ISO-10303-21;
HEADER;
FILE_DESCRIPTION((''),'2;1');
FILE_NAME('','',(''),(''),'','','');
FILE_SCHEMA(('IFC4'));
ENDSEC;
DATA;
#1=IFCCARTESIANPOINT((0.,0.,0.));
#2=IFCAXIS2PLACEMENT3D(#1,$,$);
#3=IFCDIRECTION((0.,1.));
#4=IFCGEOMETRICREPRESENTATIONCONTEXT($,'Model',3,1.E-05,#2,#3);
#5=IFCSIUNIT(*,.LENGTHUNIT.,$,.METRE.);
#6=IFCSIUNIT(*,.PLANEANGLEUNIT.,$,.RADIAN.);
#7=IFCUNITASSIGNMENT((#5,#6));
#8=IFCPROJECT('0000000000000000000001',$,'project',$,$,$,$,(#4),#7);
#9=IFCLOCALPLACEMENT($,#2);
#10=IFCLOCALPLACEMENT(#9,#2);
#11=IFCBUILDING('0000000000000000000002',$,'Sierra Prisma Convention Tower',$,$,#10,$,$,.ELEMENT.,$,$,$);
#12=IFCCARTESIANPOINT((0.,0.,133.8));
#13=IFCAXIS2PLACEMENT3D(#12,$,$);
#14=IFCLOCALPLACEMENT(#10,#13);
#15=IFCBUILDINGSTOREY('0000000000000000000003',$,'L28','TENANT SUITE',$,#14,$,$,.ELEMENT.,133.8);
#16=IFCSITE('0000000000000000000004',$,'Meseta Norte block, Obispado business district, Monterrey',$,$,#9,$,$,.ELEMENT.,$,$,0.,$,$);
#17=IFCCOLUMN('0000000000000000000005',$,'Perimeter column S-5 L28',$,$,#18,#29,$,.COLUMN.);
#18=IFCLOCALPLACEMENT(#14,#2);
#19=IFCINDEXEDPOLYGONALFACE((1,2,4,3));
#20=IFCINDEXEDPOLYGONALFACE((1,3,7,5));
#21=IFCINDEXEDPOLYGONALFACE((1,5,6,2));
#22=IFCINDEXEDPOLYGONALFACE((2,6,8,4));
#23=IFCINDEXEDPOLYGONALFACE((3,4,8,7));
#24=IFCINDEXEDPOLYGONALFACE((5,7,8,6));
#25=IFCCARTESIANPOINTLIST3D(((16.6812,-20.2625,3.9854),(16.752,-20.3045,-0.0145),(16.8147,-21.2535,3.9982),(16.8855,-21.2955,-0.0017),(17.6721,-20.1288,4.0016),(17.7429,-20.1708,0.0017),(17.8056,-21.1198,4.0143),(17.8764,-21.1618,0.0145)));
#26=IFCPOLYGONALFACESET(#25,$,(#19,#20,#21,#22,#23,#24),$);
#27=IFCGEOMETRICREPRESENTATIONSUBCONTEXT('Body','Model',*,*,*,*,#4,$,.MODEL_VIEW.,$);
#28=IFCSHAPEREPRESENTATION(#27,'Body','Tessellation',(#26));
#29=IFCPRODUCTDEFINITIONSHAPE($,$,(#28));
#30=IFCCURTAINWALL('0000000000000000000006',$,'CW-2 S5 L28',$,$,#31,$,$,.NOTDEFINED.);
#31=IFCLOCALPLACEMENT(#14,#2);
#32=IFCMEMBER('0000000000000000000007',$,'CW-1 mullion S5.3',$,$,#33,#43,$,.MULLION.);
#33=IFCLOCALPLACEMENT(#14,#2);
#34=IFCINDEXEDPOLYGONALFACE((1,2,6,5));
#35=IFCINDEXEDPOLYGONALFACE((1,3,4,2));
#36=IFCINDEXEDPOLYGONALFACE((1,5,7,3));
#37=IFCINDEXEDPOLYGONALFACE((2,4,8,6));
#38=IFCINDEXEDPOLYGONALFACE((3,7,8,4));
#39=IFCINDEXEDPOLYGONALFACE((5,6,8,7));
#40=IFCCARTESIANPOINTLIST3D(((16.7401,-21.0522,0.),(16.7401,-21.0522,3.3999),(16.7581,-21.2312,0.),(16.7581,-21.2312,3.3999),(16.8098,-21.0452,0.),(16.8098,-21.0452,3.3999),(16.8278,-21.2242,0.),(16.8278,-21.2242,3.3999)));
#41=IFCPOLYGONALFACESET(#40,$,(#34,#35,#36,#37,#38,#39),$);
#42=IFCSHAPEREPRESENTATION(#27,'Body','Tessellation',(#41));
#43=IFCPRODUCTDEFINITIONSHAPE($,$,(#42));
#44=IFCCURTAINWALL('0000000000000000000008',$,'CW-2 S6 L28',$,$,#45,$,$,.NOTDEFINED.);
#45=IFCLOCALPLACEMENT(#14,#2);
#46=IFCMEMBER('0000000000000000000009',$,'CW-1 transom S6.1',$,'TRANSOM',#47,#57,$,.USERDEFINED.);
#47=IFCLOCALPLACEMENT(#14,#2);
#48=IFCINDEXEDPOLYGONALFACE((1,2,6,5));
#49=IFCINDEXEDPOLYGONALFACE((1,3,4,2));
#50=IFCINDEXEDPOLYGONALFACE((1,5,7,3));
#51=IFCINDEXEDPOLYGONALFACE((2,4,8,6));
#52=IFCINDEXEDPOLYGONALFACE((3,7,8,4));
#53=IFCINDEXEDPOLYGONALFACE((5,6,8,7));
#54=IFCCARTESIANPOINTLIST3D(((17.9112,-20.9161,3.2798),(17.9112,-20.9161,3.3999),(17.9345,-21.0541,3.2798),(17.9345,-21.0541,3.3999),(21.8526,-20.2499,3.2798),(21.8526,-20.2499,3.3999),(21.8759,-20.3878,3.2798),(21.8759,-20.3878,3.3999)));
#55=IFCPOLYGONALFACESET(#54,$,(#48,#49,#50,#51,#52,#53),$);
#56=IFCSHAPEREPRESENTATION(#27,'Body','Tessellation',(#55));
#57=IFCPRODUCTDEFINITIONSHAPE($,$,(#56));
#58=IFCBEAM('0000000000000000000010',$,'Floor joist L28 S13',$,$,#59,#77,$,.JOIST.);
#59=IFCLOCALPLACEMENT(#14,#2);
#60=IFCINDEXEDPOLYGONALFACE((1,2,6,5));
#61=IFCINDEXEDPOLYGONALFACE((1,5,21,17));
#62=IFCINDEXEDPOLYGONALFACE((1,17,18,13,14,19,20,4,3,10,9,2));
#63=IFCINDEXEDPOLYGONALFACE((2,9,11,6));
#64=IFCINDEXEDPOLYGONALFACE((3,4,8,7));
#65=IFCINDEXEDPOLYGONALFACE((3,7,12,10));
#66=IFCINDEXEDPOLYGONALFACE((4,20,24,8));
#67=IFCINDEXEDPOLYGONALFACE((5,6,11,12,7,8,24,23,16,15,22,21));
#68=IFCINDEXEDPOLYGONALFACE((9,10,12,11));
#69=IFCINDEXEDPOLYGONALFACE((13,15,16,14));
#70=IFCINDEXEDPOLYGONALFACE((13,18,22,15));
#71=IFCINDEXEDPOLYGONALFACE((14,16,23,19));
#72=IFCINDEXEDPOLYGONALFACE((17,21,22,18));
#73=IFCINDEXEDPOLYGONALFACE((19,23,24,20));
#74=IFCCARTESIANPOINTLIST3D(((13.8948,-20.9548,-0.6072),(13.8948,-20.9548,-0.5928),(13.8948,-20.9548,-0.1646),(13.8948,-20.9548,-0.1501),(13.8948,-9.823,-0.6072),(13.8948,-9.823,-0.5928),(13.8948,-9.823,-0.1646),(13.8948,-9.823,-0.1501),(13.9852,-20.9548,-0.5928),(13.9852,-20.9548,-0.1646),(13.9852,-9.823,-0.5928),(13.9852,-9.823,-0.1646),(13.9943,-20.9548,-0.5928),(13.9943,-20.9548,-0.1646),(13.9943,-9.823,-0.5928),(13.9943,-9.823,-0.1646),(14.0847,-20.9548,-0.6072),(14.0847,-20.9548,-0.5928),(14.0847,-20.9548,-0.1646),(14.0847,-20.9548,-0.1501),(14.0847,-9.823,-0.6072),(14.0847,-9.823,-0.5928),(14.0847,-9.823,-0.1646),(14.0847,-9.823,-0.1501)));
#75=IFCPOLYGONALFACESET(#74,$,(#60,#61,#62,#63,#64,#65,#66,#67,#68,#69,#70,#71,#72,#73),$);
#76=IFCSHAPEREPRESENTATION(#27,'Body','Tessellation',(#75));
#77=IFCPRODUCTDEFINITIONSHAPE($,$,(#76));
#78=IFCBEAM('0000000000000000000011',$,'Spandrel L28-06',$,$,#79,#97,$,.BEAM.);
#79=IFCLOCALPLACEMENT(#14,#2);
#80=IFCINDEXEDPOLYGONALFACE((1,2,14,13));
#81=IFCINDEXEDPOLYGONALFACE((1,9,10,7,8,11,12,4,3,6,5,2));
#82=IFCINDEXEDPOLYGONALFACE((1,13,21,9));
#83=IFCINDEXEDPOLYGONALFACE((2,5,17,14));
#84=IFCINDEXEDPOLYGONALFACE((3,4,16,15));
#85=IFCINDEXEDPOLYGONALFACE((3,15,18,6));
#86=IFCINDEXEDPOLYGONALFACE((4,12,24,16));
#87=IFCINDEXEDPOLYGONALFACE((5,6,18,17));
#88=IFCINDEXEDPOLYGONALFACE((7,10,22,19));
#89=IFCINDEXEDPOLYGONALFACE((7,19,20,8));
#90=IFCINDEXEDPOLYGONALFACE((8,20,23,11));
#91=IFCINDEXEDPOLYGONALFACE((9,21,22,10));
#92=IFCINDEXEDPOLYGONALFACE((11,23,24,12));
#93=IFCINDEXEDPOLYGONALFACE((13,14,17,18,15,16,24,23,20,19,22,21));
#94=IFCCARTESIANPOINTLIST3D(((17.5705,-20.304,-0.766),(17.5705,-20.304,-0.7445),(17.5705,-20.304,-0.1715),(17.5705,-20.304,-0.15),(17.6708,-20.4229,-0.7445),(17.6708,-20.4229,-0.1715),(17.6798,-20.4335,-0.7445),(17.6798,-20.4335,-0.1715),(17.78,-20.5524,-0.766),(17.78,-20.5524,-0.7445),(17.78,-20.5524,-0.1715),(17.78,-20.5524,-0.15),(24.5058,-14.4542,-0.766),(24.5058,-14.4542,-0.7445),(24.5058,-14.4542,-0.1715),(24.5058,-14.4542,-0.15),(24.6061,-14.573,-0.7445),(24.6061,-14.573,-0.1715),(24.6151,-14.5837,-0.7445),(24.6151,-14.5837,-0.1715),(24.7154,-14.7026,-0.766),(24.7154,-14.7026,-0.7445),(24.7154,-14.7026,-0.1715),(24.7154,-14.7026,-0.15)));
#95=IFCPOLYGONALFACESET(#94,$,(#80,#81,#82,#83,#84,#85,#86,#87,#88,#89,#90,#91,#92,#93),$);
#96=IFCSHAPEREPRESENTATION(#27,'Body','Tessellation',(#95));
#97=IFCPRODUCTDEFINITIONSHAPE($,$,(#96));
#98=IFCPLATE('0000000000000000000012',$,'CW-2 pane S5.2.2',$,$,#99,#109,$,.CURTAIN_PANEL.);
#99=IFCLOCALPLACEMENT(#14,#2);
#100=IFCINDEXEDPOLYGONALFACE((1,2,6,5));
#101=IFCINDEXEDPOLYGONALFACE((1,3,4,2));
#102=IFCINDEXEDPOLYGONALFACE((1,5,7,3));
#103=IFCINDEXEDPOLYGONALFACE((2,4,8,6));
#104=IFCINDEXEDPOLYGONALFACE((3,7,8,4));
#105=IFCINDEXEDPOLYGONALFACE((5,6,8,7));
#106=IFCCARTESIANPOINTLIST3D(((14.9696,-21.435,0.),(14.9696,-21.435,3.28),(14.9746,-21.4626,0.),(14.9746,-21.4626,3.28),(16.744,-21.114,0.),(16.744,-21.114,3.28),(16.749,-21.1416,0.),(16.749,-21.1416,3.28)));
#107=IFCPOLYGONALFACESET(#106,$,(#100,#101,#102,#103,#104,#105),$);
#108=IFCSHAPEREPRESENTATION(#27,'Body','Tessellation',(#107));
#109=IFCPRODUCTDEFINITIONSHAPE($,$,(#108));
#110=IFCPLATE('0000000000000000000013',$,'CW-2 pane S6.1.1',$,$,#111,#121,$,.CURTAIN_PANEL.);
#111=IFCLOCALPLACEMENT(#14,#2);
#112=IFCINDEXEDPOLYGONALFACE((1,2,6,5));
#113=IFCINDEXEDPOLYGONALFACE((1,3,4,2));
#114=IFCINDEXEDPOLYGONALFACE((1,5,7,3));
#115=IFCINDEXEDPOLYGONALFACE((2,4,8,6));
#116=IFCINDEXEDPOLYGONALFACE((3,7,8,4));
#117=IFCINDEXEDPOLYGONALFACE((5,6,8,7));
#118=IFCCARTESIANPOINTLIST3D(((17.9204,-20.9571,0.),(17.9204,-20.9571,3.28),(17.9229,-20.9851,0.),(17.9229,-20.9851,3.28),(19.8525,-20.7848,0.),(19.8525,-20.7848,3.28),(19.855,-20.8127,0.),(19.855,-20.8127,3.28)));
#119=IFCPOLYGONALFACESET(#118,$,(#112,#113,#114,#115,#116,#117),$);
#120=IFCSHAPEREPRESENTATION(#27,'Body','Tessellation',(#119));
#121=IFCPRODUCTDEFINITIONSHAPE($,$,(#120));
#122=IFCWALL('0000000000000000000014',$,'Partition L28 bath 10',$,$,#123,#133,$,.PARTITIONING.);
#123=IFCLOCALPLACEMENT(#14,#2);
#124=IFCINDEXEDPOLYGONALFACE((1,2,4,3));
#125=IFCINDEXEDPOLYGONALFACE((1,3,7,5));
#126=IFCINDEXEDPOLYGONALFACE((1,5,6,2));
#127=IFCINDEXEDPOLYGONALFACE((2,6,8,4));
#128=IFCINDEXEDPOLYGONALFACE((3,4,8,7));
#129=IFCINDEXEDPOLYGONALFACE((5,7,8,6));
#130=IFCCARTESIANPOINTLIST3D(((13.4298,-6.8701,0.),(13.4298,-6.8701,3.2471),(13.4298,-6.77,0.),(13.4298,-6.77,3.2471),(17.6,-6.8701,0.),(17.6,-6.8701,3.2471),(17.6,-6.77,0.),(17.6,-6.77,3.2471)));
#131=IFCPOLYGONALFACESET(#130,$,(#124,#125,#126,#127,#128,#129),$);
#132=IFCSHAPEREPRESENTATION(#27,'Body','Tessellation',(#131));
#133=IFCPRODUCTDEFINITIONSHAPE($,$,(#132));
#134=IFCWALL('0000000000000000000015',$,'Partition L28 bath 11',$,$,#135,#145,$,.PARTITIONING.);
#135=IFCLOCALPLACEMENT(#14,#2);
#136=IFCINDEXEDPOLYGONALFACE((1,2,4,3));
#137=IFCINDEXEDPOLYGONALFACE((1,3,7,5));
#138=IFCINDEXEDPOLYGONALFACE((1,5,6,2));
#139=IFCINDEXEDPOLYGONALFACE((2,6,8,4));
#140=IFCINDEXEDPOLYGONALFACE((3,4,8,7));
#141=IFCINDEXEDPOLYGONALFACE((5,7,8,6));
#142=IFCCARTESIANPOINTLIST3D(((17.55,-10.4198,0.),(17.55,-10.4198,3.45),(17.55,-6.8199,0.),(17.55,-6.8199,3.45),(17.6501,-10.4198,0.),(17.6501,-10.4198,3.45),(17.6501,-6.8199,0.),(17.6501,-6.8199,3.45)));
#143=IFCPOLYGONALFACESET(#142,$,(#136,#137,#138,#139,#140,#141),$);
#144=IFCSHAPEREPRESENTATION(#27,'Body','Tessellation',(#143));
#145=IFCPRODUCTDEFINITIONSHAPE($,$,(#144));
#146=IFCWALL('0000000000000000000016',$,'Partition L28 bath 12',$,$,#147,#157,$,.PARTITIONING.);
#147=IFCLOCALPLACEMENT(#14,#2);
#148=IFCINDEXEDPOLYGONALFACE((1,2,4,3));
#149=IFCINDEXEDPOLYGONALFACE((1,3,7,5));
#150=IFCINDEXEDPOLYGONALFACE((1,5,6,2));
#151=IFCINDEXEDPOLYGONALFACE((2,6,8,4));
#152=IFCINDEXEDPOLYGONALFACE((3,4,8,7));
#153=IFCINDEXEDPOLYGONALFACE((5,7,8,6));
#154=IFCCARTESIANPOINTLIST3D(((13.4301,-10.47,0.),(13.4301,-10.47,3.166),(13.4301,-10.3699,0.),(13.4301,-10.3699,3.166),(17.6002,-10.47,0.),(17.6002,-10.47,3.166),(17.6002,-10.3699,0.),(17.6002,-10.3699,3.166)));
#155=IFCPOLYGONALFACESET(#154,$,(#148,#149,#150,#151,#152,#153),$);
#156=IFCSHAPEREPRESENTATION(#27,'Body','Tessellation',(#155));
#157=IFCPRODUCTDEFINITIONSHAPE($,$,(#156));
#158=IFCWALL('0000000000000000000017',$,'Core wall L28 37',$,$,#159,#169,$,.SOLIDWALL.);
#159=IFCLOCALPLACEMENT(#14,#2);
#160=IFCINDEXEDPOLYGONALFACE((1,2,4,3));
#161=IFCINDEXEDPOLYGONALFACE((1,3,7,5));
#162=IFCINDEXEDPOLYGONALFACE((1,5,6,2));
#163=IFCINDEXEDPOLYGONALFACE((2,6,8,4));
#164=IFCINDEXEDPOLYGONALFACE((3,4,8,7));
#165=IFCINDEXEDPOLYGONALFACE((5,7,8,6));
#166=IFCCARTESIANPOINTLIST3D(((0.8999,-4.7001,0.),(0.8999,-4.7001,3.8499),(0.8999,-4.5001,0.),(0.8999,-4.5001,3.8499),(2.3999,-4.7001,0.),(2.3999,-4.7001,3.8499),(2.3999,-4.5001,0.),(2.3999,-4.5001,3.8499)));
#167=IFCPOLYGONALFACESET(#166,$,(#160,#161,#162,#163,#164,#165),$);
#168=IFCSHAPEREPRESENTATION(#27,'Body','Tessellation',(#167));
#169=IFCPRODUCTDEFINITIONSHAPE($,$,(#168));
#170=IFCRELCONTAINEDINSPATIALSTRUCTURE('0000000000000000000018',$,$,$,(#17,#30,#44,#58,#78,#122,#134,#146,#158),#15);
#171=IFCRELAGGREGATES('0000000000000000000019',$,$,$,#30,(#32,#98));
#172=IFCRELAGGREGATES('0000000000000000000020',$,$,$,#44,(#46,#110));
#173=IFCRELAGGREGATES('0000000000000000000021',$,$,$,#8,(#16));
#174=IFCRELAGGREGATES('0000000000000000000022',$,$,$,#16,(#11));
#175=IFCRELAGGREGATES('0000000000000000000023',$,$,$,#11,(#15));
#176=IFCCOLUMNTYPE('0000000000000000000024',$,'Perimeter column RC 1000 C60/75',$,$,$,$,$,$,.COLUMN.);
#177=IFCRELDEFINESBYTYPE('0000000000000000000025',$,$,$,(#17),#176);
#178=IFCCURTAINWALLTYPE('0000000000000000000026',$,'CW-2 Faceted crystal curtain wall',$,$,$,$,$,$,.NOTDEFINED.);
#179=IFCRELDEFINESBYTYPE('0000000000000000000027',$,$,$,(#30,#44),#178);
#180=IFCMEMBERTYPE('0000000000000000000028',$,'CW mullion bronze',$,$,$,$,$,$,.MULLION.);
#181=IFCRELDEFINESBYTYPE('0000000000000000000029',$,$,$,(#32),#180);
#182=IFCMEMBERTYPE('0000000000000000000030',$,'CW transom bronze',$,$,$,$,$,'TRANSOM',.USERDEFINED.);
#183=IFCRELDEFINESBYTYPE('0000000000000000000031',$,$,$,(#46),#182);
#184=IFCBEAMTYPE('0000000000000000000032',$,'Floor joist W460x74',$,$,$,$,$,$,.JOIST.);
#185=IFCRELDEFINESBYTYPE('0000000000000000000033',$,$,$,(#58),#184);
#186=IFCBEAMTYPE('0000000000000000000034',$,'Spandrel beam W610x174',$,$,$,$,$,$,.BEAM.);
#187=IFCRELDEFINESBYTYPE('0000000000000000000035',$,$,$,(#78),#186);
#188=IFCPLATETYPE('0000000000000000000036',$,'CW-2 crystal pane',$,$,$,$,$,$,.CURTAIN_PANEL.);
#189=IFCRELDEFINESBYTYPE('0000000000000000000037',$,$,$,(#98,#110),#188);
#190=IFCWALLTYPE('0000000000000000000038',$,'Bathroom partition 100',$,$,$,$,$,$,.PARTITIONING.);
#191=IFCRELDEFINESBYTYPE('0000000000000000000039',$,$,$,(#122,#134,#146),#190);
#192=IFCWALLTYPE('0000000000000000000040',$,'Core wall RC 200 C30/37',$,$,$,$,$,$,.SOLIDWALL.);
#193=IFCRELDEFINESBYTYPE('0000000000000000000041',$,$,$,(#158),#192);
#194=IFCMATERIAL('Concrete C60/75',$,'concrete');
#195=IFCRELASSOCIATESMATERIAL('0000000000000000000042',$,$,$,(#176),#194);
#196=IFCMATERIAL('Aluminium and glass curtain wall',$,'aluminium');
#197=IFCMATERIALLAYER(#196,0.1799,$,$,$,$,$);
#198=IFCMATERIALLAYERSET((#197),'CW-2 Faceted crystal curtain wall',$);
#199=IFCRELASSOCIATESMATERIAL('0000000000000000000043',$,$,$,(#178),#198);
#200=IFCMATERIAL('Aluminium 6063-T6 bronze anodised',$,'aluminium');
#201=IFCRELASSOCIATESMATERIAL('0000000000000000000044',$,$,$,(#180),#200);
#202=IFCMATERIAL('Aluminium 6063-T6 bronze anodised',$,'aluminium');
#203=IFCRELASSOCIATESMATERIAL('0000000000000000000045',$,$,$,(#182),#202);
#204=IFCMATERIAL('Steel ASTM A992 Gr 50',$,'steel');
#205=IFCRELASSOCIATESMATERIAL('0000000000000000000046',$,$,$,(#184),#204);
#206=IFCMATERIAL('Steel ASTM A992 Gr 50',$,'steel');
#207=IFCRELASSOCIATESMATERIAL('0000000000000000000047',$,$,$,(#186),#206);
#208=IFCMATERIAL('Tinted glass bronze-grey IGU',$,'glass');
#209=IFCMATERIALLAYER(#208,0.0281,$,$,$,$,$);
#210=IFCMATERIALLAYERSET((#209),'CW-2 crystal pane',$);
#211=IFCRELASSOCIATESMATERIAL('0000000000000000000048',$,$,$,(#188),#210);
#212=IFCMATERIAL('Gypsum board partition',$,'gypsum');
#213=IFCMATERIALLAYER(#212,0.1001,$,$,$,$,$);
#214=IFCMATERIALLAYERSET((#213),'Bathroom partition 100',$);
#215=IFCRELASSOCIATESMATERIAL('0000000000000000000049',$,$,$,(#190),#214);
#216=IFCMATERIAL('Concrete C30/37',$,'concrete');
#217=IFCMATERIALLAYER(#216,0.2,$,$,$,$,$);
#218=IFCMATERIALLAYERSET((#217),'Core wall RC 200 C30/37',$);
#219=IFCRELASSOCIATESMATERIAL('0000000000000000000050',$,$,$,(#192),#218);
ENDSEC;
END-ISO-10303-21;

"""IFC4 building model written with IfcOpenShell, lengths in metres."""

from ifc_helpers import new_model, si_unit, direction, frame, frame_2d, origin, origin_2d, place, context, subcontext, project, spatial, polyline, rectangle, i_section, outline, extrude, material, layer, layer_set, material_profile, profile_set, type_object, element, aggregate, save


model = new_model("IFC4")

# Units and contexts
model_context = context("Model", 3, precision=1e-05, world=origin(), true_north=direction((0.0, 1.0)))
body_context = subcontext(model_context, "Body", "Model", "MODEL_VIEW")
ifc_project = project(units=[si_unit("LENGTHUNIT", "METRE"), si_unit("PLANEANGLEUNIT", "RADIAN")], contexts=[model_context])

# Site, building, storey
site_placement = place(None, origin())
site = spatial("IfcSite", under=ifc_project, at=site_placement, Name="Meseta Norte block, Obispado business district, Monterrey", CompositionType="ELEMENT", RefElevation=0.0)
building_placement = place(site_placement, origin())
building = spatial("IfcBuilding", under=site, at=building_placement, Name="Sierra Prisma Convention Tower", CompositionType="ELEMENT")
storey_placement = place(building_placement, frame((0.0, 0.0, 133.8)))
storey = spatial("IfcBuildingStorey", under=building, at=storey_placement, Name="L28", Description="TENANT SUITE", CompositionType="ELEMENT", Elevation=133.8)

# Column
ifc_material_1 = material(Name="Concrete C60/75", Category="concrete")
ifc_material_profile_1 = material_profile(ifc_material_1, rectangle(XDim=1.0, YDim=1.0, at=origin_2d()), Name="Perimeter column RC 1000 C60/75")
ifc_profile_set_1 = profile_set([ifc_material_profile_1], Name="Concrete C60/75")
column_type = type_object("IfcColumnType", Name="Perimeter column RC 1000 C60/75", PredefinedType="COLUMN", material=ifc_profile_set_1)
column_placement = place(storey_placement, frame((17.3142, -20.7332, 0.0), z_axis=(-0.017696, 0.010496, 0.999788), x_axis=(0.99089, 0.133706, 0.016135)))
element("IfcColumn", 1, at=column_placement, inside=storey, type_object=column_type, Name="Perimeter column S-5 L28", PredefinedType="COLUMN", context=body_context, shape_type="SweptSolid", body=[
    extrude(rectangle(XDim=1.0, YDim=1.0, at=origin_2d()), origin(), (0.0, 0.0, 1.0), 4.0007),
])

# Curtain walls, members
ifc_material_2 = material(Name="Aluminium and glass curtain wall", Category="aluminium")
ifc_layer_1 = layer(ifc_material_2, 0.1799)
ifc_layer_set_1 = layer_set([ifc_layer_1], Name="CW-2 Faceted crystal curtain wall")
curtain_wall_type = type_object("IfcCurtainWallType", Name="CW-2 Faceted crystal curtain wall", PredefinedType="NOTDEFINED", material=ifc_layer_set_1)
curtain_wall_1_placement = place(storey_placement, origin())
curtain_wall_1 = element("IfcCurtainWall", 2, at=curtain_wall_1_placement, inside=storey, type_object=curtain_wall_type, Name="CW-2 S5 L28", PredefinedType="NOTDEFINED")
ifc_material_3 = material(Name="Aluminium 6063-T6 bronze anodised", Category="aluminium")
ifc_material_profile_2 = material_profile(ifc_material_3, rectangle(XDim=0.1799, YDim=0.0701, at=origin_2d()), Name="ALU MULLION 70x180")
ifc_profile_set_2 = profile_set([ifc_material_profile_2], Name="Aluminium 6063-T6 bronze anodised")
member_type_1 = type_object("IfcMemberType", Name="CW mullion bronze", PredefinedType="MULLION", material=ifc_profile_set_2)
member_1_placement = place(storey_placement, frame((16.7839, -21.1382, 0.0), z_axis=(0.0, 0.0, 1.0), x_axis=(-0.100279, 0.994959, 0.0)))
member_1 = element("IfcMember", 3, at=member_1_placement, type_object=member_type_1, Name="CW-1 mullion S5.3", PredefinedType="MULLION", context=body_context, shape_type="SweptSolid", body=[
    extrude(rectangle(XDim=0.1799, YDim=0.0701, at=origin_2d()), origin(), (0.0, 0.0, 1.0), 3.3999),
])
curtain_wall_2_placement = place(storey_placement, origin())
curtain_wall_2 = element("IfcCurtainWall", 4, at=curtain_wall_2_placement, inside=storey, type_object=curtain_wall_type, Name="CW-2 S6 L28", PredefinedType="NOTDEFINED")
ifc_material_4 = material(Name="Aluminium 6063-T6 bronze anodised", Category="aluminium")
ifc_material_profile_3 = material_profile(ifc_material_4, rectangle(XDim=0.1399, YDim=0.1201, at=origin_2d()), Name="ALU TRANSOM 120x140")
ifc_profile_set_3 = profile_set([ifc_material_profile_3], Name="Aluminium 6063-T6 bronze anodised")
member_type_2 = type_object("IfcMemberType", Name="CW transom bronze", ElementType="TRANSOM", PredefinedType="USERDEFINED", material=ifc_profile_set_3)
member_2_placement = place(storey_placement, frame((17.9229, -20.9851, 3.3398), z_axis=(0.986012, 0.166677, 0.0), x_axis=(-0.166677, 0.986012, 0.0)))
member_2 = element("IfcMember", 5, at=member_2_placement, type_object=member_type_2, Name="CW-1 transom S6.1", ObjectType="TRANSOM", PredefinedType="USERDEFINED", context=body_context, shape_type="SweptSolid", body=[
    extrude(rectangle(XDim=0.1399, YDim=0.1201, at=origin_2d()), origin(), (0.0, 0.0, 1.0), 3.9973),
])

# Beams
ifc_material_5 = material(Name="Steel ASTM A992 Gr 50", Category="steel")
ifc_material_profile_4 = material_profile(ifc_material_5, i_section(OverallWidth=0.1899, OverallDepth=0.457, WebThickness=0.009, FlangeThickness=0.0144, at=origin_2d()), Name="W460x74")
ifc_profile_set_4 = profile_set([ifc_material_profile_4], Name="Steel ASTM A992 Gr 50")
beam_type_1 = type_object("IfcBeamType", Name="Floor joist W460x74", PredefinedType="JOIST", material=ifc_profile_set_4)
beam_1_placement = place(storey_placement, frame((13.9897, -20.9548, -0.3787), z_axis=(0.0, 1.0, 0.0), x_axis=(-1.0, 0.0, 0.0)))
element("IfcBeam", 6, at=beam_1_placement, inside=storey, type_object=beam_type_1, Name="Floor joist L28 S13", PredefinedType="JOIST", context=body_context, shape_type="SweptSolid", body=[
    extrude(i_section(OverallWidth=0.1899, OverallDepth=0.457, WebThickness=0.009, FlangeThickness=0.0144, at=origin_2d()), origin(), (0.0, 0.0, 1.0), 11.1318),
])
ifc_material_6 = material(Name="Steel ASTM A992 Gr 50", Category="steel")
ifc_material_profile_5 = material_profile(ifc_material_6, i_section(OverallWidth=0.325, OverallDepth=0.616, WebThickness=0.0139, FlangeThickness=0.0215, at=origin_2d()), Name="W610x174")
ifc_profile_set_5 = profile_set([ifc_material_profile_5], Name="Steel ASTM A992 Gr 50")
beam_type_2 = type_object("IfcBeamType", Name="Spandrel beam W610x174", PredefinedType="BEAM", material=ifc_profile_set_5)
beam_2_placement = place(storey_placement, frame((17.6753, -20.4282, -0.458), z_axis=(0.76439, 0.644755, 0.0), x_axis=(-0.644755, 0.76439, 0.0)))
element("IfcBeam", 7, at=beam_2_placement, inside=storey, type_object=beam_type_2, Name="Spandrel L28-06", PredefinedType="BEAM", context=body_context, shape_type="SweptSolid", body=[
    extrude(i_section(OverallWidth=0.325, OverallDepth=0.616, WebThickness=0.0139, FlangeThickness=0.0215, at=origin_2d()), origin(), (0.0, 0.0, 1.0), 9.073),
])

# Plates
ifc_material_7 = material(Name="Tinted glass bronze-grey IGU", Category="glass")
ifc_layer_2 = layer(ifc_material_7, 0.0281)
ifc_layer_set_2 = layer_set([ifc_layer_2], Name="CW-2 crystal pane")
plate_type = type_object("IfcPlateType", Name="CW-2 crystal pane", PredefinedType="CURTAIN_PANEL", material=ifc_layer_set_2)
plate_1_placement = place(storey_placement, frame((16.749, -21.1416, 0.0), z_axis=(0.178039, -0.984023, 0.0), x_axis=(-0.984023, -0.178039, 0.0)))
plate_1 = element("IfcPlate", 8, at=plate_1_placement, type_object=plate_type, Name="CW-2 pane S5.2.2", PredefinedType="CURTAIN_PANEL", context=body_context, shape_type="SweptSolid", body=[
    extrude(outline(polyline([(0.0, 0.0), (1.8032, 0.0), (1.8032, -3.28), (0.0, -3.28), (0.0, 0.0)])), origin(), (0.0, 0.0, -1.0), 0.0281),
])
aggregate(curtain_wall_1, [member_1, plate_1])
plate_2_placement = place(storey_placement, frame((17.9229, -20.9851, 0.0), z_axis=(0.088856, -0.996044, 0.0), x_axis=(0.996044, 0.088856, 0.0)))
plate_2 = element("IfcPlate", 9, at=plate_2_placement, type_object=plate_type, Name="CW-2 pane S6.1.1", PredefinedType="CURTAIN_PANEL", context=body_context, shape_type="SweptSolid", body=[
    extrude(outline(polyline([(0.0, 0.0), (1.9398, 0.0), (1.9398, 3.28), (0.0, 3.28), (0.0, 0.0)])), origin(), (0.0, 0.0, -1.0), 0.0281),
])
aggregate(curtain_wall_2, [member_2, plate_2])

# Walls
ifc_material_8 = material(Name="Gypsum board partition", Category="gypsum")
ifc_layer_3 = layer(ifc_material_8, 0.1001)
ifc_layer_set_3 = layer_set([ifc_layer_3], Name="Bathroom partition 100")
wall_type_1 = type_object("IfcWallType", Name="Bathroom partition 100", PredefinedType="PARTITIONING", material=ifc_layer_set_3)
wall_1_placement = place(storey_placement, frame((13.4299, -6.8201, 0.0), z_axis=(0.0, 0.0, 1.0), x_axis=(1.0, 0.0, 0.0)))
element("IfcWall", 10, at=wall_1_placement, inside=storey, type_object=wall_type_1, Name="Partition L28 bath 10", PredefinedType="PARTITIONING", context=body_context, shape_type="SweptSolid", body=[
    extrude(rectangle(XDim=4.1702, YDim=0.1001, at=frame_2d((2.085, 0.0))), origin(), (0.0, 0.0, 1.0), 3.2471),
])
wall_2_placement = place(storey_placement, frame((17.6001, -6.8201, 0.0), z_axis=(0.0, 0.0, 1.0), x_axis=(0.0, -1.0, 0.0)))
element("IfcWall", 11, at=wall_2_placement, inside=storey, type_object=wall_type_1, Name="Partition L28 bath 11", PredefinedType="PARTITIONING", context=body_context, shape_type="SweptSolid", body=[
    extrude(rectangle(XDim=3.5999, YDim=0.1001, at=frame_2d((1.7998, 0.0))), origin(), (0.0, 0.0, 1.0), 3.45),
])
wall_3_placement = place(storey_placement, frame((17.6001, -10.4199, 0.0), z_axis=(0.0, 0.0, 1.0), x_axis=(-1.0, 0.0, 0.0)))
element("IfcWall", 12, at=wall_3_placement, inside=storey, type_object=wall_type_1, Name="Partition L28 bath 12", PredefinedType="PARTITIONING", context=body_context, shape_type="SweptSolid", body=[
    extrude(rectangle(XDim=4.1702, YDim=0.1001, at=frame_2d((2.085, 0.0))), origin(), (0.0, 0.0, 1.0), 3.166),
])
ifc_material_9 = material(Name="Concrete C30/37", Category="concrete")
ifc_layer_4 = layer(ifc_material_9, 0.2)
ifc_layer_set_4 = layer_set([ifc_layer_4], Name="Core wall RC 200 C30/37")
wall_type_2 = type_object("IfcWallType", Name="Core wall RC 200 C30/37", PredefinedType="SOLIDWALL", material=ifc_layer_set_4)
wall_4_placement = place(storey_placement, frame((0.8999, -4.6001, 0.0), z_axis=(0.0, 0.0, 1.0), x_axis=(1.0, 0.0, 0.0)))
element("IfcWall", 13, at=wall_4_placement, inside=storey, type_object=wall_type_2, Name="Core wall L28 37", PredefinedType="SOLIDWALL", context=body_context, shape_type="SweptSolid", body=[
    extrude(rectangle(XDim=1.5, YDim=0.2, at=frame_2d((0.75, 0.0))), origin(), (0.0, 0.0, 1.0), 3.8499),
])

save(model, "model.ifc")
